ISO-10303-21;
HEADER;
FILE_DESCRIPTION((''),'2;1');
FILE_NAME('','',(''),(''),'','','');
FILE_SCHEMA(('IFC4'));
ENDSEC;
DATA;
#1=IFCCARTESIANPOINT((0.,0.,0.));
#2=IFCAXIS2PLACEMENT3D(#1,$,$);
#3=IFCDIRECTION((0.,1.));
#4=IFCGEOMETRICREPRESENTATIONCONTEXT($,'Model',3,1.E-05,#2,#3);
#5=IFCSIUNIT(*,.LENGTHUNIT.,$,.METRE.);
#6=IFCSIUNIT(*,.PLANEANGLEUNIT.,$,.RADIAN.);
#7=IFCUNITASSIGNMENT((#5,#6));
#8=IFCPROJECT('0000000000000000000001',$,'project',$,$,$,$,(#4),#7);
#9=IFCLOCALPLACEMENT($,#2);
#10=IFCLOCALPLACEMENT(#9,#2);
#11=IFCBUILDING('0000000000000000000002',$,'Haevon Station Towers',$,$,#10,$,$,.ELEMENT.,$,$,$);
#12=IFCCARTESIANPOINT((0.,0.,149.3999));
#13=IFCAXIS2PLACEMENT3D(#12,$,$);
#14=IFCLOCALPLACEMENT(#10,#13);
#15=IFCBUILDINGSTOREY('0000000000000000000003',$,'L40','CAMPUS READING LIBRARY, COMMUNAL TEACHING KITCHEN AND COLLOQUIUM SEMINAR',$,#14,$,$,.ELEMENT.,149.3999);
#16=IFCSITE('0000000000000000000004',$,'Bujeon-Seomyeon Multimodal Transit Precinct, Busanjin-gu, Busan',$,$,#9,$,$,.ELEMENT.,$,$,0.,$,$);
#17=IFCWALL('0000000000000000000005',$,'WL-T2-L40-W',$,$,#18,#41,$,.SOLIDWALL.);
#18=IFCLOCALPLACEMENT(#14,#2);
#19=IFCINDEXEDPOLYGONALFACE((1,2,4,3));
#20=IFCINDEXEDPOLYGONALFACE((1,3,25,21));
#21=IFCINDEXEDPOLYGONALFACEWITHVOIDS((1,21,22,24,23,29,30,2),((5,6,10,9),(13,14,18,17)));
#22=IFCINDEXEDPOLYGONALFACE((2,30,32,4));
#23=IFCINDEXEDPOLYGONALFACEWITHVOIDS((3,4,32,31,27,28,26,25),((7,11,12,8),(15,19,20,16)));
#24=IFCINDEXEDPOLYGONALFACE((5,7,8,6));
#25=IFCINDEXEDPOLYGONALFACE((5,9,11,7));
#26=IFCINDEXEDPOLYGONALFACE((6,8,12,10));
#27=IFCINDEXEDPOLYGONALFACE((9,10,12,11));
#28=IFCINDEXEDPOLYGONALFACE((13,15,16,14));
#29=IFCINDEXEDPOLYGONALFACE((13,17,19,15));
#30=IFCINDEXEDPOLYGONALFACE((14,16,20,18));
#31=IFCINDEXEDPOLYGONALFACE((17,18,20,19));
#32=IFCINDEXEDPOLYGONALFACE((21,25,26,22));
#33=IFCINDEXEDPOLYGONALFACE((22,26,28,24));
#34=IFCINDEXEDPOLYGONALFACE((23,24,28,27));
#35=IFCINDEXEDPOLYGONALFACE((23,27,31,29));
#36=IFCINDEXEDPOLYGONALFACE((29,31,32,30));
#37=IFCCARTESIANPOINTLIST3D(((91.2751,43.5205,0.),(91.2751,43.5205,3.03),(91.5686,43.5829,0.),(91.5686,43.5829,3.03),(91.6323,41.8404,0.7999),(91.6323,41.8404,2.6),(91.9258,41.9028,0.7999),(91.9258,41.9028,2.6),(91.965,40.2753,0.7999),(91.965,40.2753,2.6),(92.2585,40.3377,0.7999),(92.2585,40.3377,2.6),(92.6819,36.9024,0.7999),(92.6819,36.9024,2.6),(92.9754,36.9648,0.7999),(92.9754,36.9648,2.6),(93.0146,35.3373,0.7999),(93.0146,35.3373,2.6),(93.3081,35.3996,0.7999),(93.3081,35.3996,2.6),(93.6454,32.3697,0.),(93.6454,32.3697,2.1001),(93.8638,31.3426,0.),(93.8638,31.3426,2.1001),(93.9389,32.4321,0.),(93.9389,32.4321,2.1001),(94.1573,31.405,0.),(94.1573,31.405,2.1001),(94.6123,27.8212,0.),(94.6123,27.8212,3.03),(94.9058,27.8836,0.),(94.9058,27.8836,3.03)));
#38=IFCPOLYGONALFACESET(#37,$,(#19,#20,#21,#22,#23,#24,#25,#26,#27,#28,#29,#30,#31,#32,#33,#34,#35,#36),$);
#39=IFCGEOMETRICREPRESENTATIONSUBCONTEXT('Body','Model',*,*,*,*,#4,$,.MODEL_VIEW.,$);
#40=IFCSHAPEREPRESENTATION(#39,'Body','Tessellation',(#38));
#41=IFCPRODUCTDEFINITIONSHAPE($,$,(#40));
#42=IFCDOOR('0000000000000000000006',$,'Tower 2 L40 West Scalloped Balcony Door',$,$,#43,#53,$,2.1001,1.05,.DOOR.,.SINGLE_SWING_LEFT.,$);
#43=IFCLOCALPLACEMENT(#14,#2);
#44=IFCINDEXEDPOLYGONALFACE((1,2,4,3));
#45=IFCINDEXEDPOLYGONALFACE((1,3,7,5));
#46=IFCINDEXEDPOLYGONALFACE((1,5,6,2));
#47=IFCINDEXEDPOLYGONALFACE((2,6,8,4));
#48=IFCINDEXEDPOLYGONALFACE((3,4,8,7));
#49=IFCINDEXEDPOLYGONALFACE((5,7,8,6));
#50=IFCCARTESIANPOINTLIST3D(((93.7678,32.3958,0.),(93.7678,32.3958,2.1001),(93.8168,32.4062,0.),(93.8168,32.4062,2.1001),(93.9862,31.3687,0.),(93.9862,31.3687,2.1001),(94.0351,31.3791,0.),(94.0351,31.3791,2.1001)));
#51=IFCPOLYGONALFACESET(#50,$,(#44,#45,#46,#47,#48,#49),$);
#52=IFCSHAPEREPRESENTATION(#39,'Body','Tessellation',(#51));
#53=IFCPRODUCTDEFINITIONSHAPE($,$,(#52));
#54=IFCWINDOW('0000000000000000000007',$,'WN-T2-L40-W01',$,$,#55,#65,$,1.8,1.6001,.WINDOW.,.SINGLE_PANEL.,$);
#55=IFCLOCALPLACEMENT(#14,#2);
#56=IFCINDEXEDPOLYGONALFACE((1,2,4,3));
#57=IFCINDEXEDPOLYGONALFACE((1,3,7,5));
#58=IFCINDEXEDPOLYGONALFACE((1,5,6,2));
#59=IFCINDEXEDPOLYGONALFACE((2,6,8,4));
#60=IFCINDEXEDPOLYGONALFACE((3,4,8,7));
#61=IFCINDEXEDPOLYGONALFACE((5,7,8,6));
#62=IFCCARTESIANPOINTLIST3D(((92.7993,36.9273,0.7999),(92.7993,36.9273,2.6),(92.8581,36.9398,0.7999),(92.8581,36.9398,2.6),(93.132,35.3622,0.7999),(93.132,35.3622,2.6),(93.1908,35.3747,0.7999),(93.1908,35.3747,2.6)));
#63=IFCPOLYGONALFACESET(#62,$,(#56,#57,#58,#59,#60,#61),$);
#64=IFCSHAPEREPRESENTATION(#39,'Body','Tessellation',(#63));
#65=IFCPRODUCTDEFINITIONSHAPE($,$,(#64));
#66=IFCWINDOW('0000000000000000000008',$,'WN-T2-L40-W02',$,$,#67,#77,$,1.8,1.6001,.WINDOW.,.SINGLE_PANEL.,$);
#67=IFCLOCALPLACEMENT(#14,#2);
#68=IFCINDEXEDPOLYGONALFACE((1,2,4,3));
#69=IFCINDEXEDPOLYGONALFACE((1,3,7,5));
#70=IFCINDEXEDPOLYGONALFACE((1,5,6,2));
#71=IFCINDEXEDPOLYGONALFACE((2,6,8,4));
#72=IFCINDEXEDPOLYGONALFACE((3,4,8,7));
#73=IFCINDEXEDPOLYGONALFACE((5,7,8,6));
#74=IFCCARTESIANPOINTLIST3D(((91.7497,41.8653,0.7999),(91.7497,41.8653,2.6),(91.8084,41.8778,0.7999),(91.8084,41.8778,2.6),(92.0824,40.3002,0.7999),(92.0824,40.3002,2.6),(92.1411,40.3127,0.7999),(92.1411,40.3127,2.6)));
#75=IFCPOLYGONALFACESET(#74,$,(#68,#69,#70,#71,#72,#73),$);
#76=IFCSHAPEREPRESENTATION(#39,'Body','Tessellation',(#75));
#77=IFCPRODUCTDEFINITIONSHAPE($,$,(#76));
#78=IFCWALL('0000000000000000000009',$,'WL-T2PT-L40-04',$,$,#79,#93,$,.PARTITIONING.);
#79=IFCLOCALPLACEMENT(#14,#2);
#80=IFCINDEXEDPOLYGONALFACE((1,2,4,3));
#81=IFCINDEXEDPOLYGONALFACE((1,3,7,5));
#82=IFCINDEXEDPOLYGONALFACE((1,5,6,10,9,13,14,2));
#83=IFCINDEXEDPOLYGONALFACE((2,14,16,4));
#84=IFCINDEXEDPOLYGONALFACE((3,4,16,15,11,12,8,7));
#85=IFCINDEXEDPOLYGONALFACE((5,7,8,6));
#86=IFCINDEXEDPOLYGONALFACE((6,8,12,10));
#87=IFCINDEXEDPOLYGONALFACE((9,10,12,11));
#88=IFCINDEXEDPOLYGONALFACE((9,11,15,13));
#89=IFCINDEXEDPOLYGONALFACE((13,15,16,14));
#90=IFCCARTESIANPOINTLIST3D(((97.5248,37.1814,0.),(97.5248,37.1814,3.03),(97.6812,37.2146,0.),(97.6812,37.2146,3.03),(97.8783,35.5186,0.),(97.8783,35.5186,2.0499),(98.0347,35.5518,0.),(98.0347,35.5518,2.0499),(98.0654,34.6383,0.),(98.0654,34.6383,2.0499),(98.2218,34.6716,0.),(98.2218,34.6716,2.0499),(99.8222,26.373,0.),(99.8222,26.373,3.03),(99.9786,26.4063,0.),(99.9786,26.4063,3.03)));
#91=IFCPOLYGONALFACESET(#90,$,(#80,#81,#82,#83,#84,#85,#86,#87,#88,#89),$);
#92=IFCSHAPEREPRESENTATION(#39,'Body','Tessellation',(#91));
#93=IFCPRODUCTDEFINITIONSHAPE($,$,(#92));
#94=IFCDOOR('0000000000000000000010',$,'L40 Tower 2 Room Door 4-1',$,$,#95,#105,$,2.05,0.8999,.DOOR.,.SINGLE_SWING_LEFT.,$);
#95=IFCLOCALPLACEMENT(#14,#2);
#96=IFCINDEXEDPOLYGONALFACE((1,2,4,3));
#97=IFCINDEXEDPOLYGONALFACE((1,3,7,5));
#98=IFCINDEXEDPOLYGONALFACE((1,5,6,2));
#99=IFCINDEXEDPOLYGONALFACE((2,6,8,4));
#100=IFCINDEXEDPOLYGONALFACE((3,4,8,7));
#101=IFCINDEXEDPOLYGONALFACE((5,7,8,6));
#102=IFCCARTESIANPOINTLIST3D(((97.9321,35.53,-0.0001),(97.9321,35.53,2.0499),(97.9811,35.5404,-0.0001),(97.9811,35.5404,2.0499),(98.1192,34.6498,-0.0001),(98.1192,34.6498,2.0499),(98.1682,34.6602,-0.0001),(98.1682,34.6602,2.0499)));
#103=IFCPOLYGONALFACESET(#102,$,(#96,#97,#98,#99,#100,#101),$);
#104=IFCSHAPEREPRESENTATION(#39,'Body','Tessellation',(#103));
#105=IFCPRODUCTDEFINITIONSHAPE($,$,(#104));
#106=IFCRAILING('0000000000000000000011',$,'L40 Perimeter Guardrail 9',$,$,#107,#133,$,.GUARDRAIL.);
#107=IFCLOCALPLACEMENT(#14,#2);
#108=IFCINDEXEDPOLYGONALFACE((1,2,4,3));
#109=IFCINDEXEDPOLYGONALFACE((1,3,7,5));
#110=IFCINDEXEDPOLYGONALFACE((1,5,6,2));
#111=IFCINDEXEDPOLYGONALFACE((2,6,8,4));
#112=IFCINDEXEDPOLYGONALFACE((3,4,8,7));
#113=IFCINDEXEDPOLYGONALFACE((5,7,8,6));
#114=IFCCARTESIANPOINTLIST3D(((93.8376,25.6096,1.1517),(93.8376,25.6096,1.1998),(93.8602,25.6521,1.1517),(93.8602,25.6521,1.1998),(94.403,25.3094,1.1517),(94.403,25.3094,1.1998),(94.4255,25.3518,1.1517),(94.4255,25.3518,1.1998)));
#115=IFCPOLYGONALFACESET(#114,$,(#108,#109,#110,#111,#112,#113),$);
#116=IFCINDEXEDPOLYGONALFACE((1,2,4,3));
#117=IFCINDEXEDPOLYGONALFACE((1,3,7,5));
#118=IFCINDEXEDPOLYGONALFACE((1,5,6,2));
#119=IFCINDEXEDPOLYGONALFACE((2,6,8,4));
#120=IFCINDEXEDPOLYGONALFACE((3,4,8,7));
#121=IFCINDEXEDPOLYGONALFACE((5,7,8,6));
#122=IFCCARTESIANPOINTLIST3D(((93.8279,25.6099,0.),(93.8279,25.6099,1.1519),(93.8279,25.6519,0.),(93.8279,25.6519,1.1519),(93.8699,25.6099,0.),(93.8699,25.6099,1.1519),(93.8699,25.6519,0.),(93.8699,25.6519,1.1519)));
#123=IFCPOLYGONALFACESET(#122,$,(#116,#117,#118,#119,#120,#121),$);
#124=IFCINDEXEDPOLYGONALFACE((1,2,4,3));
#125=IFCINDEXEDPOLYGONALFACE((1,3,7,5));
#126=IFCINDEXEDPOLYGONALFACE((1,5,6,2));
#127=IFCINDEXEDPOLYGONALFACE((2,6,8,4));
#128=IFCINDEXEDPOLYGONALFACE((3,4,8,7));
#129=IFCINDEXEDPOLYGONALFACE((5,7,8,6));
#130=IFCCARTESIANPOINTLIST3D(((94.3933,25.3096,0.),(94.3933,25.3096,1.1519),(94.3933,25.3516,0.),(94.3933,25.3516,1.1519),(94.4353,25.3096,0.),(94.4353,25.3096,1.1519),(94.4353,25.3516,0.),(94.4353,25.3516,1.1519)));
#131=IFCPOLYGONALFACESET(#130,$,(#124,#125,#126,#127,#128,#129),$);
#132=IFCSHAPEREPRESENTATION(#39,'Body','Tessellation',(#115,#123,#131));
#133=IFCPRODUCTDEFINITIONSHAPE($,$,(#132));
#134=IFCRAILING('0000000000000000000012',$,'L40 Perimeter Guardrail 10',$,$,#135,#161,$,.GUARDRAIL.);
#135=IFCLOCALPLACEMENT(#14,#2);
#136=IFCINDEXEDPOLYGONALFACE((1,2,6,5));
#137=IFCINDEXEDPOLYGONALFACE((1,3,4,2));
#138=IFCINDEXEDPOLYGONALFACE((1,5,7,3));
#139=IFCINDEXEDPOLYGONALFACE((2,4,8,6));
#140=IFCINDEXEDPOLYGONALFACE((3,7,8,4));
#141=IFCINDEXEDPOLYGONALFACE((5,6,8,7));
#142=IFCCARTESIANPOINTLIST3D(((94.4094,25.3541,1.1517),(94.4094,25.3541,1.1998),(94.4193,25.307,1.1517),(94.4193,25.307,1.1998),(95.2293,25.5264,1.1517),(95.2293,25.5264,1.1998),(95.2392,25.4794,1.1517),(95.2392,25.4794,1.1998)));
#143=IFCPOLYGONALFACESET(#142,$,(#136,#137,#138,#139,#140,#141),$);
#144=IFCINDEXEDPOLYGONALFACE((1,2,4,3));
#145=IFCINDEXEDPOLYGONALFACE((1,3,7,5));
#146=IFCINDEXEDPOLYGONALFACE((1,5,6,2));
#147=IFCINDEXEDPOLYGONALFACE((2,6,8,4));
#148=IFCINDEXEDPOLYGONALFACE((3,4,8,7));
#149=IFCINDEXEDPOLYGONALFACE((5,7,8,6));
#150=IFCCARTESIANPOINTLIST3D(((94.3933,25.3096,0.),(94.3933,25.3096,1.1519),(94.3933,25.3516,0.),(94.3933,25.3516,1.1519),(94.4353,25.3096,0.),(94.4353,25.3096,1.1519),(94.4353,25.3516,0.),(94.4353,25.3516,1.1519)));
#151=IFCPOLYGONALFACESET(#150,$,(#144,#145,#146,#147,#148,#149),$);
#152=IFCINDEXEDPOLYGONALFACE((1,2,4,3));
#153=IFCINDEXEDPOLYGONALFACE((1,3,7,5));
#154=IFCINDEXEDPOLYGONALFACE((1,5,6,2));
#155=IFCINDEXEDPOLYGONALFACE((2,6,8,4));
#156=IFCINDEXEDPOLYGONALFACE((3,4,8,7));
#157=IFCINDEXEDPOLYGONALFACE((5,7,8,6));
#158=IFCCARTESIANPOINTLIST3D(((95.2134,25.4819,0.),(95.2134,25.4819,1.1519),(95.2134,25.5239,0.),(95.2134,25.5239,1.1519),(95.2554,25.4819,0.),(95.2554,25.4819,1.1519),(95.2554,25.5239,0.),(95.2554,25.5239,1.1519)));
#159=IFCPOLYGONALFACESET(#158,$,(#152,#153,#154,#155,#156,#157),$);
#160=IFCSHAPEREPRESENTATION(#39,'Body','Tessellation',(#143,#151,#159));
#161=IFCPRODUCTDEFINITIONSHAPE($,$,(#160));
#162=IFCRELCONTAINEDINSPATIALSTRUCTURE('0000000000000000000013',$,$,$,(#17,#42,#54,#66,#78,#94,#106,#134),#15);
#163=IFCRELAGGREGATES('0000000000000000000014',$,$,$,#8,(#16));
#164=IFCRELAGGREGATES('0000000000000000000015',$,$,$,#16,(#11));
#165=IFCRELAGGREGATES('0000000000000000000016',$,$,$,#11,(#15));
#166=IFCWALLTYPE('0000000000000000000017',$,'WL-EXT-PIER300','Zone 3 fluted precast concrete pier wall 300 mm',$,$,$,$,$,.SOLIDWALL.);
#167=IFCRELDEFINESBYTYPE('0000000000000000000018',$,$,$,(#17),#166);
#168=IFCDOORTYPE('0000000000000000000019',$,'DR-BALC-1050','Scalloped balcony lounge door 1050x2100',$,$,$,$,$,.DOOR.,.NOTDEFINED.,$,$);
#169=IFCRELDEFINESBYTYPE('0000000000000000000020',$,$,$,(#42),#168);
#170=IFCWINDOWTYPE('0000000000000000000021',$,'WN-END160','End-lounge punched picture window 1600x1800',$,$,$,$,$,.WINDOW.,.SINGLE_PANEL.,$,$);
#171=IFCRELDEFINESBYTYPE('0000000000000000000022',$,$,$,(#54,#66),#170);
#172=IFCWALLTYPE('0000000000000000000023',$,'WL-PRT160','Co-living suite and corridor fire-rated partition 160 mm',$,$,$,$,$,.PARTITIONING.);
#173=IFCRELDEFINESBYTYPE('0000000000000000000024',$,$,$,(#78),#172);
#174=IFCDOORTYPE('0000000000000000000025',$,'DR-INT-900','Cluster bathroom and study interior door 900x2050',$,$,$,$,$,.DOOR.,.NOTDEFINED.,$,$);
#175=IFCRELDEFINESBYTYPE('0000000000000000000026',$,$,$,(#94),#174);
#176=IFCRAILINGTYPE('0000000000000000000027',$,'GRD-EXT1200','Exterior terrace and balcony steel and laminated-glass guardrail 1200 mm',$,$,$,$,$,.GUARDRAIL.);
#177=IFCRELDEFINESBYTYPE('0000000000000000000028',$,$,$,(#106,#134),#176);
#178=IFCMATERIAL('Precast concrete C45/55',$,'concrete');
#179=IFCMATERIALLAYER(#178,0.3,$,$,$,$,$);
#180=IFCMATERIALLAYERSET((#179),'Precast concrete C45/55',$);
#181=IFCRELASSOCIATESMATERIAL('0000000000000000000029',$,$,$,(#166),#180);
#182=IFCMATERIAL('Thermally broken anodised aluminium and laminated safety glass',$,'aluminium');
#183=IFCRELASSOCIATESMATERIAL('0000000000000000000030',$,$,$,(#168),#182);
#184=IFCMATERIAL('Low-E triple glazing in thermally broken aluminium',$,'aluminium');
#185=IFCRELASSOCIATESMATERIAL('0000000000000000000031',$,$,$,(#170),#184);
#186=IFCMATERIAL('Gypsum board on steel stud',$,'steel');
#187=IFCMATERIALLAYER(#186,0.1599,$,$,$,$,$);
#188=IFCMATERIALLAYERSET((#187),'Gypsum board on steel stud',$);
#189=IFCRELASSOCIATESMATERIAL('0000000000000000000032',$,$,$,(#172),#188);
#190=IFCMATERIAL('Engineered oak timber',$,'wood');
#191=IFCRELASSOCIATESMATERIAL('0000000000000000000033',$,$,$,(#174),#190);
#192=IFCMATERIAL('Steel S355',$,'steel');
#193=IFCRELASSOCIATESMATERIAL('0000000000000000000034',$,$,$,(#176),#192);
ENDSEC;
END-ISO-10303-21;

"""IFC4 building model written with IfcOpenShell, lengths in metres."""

from ifc_helpers import new_model, si_unit, direction, frame, frame_2d, origin, origin_2d, place, context, subcontext, project, spatial, rectangle, extrude, material, layer, layer_set, type_object, element, fill, save


model = new_model("IFC4")

# Units and contexts
model_context = context("Model", 3, precision=1e-05, world=origin(), true_north=direction((0.0, 1.0)))
body_context = subcontext(model_context, "Body", "Model", "MODEL_VIEW")
ifc_project = project(units=[si_unit("LENGTHUNIT", "METRE"), si_unit("PLANEANGLEUNIT", "RADIAN")], contexts=[model_context])

# Site, building, storey
site_placement = place(None, origin())
site = spatial("IfcSite", under=ifc_project, at=site_placement, Name="Bujeon-Seomyeon Multimodal Transit Precinct, Busanjin-gu, Busan", CompositionType="ELEMENT", RefElevation=0.0)
building_placement = place(site_placement, origin())
building = spatial("IfcBuilding", under=site, at=building_placement, Name="Haevon Station Towers", CompositionType="ELEMENT")
storey_placement = place(building_placement, frame((0.0, 0.0, 149.3999)))
storey = spatial("IfcBuildingStorey", under=building, at=storey_placement, Name="L40", Description="CAMPUS READING LIBRARY, COMMUNAL TEACHING KITCHEN AND COLLOQUIUM SEMINAR", CompositionType="ELEMENT", Elevation=149.3999)

# Shared definitions
ifc_material_1 = material(Name="Steel S355", Category="steel")

# Shared definitions
ifc_material_2 = material(Name="Precast concrete C45/55", Category="concrete")
ifc_layer_1 = layer(ifc_material_2, 0.3)
ifc_layer_set_1 = layer_set([ifc_layer_1], Name="Precast concrete C45/55")
wall_type_1 = type_object("IfcWallType", Name="WL-EXT-PIER300", Description="Zone 3 fluted precast concrete pier wall 300 mm", PredefinedType="SOLIDWALL", material=ifc_layer_set_1)

# Wall, openings, door, windows
wall_1_placement = place(storey_placement, frame((94.759, 27.8525, 0.0), z_axis=(0.0, 0.0, 1.0), x_axis=(-0.207923, 0.978145, 0.0)))
wall_1 = element("IfcWall", 1, at=wall_1_placement, inside=storey, type_object=wall_type_1, Name="WL-T2-L40-W", PredefinedType="SOLIDWALL", context=body_context, shape_type="SweptSolid", body=[
    extrude(rectangle(XDim=16.05, YDim=0.3, at=frame_2d((8.0249, 0.0))), origin(), (0.0, 0.0, 1.0), 3.03),
])
opening_1_placement = place(wall_1_placement, frame((3.6001, 0.0, 0.0)))
opening_1 = element("IfcOpeningElement", 2, at=opening_1_placement, cuts=wall_1, PredefinedType="OPENING", context=body_context, shape_type="SweptSolid", body=[
    extrude(rectangle(XDim=1.05, YDim=2.1001, at=frame_2d((0.5249, 1.05))), frame((0.0, 0.1599, 0.0), z_axis=(0.0, -1.0, 0.0), x_axis=(1.0, 0.0, 0.0)), (0.0, 0.0, 1.0), 0.3201),
])
opening_2_placement = place(wall_1_placement, frame((7.6838, 0.0, 0.8)))
opening_2 = element("IfcOpeningElement", 3, at=opening_2_placement, cuts=wall_1, PredefinedType="OPENING", context=body_context, shape_type="SweptSolid", body=[
    extrude(rectangle(XDim=1.6001, YDim=1.8, at=frame_2d((0.8, 0.8999))), frame((0.0, 0.1599, 0.0), z_axis=(0.0, -1.0, 0.0), x_axis=(1.0, 0.0, 0.0)), (0.0, 0.0, 1.0), 0.3201),
])
opening_3_placement = place(wall_1_placement, frame((12.7322, 0.0, 0.8)))
opening_3 = element("IfcOpeningElement", 4, at=opening_3_placement, cuts=wall_1, PredefinedType="OPENING", context=body_context, shape_type="SweptSolid", body=[
    extrude(rectangle(XDim=1.6001, YDim=1.8, at=frame_2d((0.8, 0.8999))), frame((0.0, 0.1599, 0.0), z_axis=(0.0, -1.0, 0.0), x_axis=(1.0, 0.0, 0.0)), (0.0, 0.0, 1.0), 0.3201),
])
ifc_material_3 = material(Name="Thermally broken anodised aluminium and laminated safety glass", Category="aluminium")
door_type_1 = type_object("IfcDoorType", Name="DR-BALC-1050", Description="Scalloped balcony lounge door 1050x2100", OperationType="NOTDEFINED", PredefinedType="DOOR", material=ifc_material_3)
door_1_placement = place(opening_1_placement, origin())
door_1 = element("IfcDoor", 5, at=door_1_placement, inside=storey, type_object=door_type_1, Name="Tower 2 L40 West Scalloped Balcony Door", OperationType="SINGLE_SWING_LEFT", OverallHeight=2.1001, OverallWidth=1.05, PredefinedType="DOOR", context=body_context, shape_type="SweptSolid", body=[
    extrude(rectangle(XDim=1.05, YDim=2.1001, at=frame_2d((0.5249, 1.05))), frame((0.0, 0.0249, 0.0), z_axis=(0.0, -1.0, 0.0), x_axis=(1.0, 0.0, 0.0)), (0.0, 0.0, 1.0), 0.05),
])
fill(opening_1, door_1)
ifc_material_4 = material(Name="Low-E triple glazing in thermally broken aluminium", Category="aluminium")
window_type = type_object("IfcWindowType", Name="WN-END160", Description="End-lounge punched picture window 1600x1800", PartitioningType="SINGLE_PANEL", PredefinedType="WINDOW", material=ifc_material_4)
window_1_placement = place(opening_2_placement, origin())
window_1 = element("IfcWindow", 6, at=window_1_placement, inside=storey, type_object=window_type, Name="WN-T2-L40-W01", OverallHeight=1.8, OverallWidth=1.6001, PartitioningType="SINGLE_PANEL", PredefinedType="WINDOW", context=body_context, shape_type="SweptSolid", body=[
    extrude(rectangle(XDim=1.6001, YDim=1.8, at=frame_2d((0.8, 0.8999))), frame((0.0, 0.03, 0.0), z_axis=(0.0, -1.0, 0.0), x_axis=(1.0, 0.0, 0.0)), (0.0, 0.0, 1.0), 0.0601),
])
fill(opening_2, window_1)
window_2_placement = place(opening_3_placement, origin())
window_2 = element("IfcWindow", 7, at=window_2_placement, inside=storey, type_object=window_type, Name="WN-T2-L40-W02", OverallHeight=1.8, OverallWidth=1.6001, PartitioningType="SINGLE_PANEL", PredefinedType="WINDOW", context=body_context, shape_type="SweptSolid", body=[
    extrude(rectangle(XDim=1.6001, YDim=1.8, at=frame_2d((0.8, 0.8999))), frame((0.0, 0.03, 0.0), z_axis=(0.0, -1.0, 0.0), x_axis=(1.0, 0.0, 0.0)), (0.0, 0.0, 1.0), 0.0601),
])
fill(opening_3, window_2)

# Wall, opening, door
ifc_material_5 = material(Name="Gypsum board on steel stud", Category="steel")
ifc_layer_2 = layer(ifc_material_5, 0.1599)
ifc_layer_set_2 = layer_set([ifc_layer_2], Name="Gypsum board on steel stud")
wall_type_2 = type_object("IfcWallType", Name="WL-PRT160", Description="Co-living suite and corridor fire-rated partition 160 mm", PredefinedType="PARTITIONING", material=ifc_layer_set_2)
wall_2_placement = place(storey_placement, frame((99.9004, 26.3896, 0.0), z_axis=(0.0, 0.0, 1.0), x_axis=(-0.20791, 0.978148, 0.0)))
wall_2 = element("IfcWall", 8, at=wall_2_placement, inside=storey, type_object=wall_type_2, Name="WL-T2PT-L40-04", PredefinedType="PARTITIONING", context=body_context, shape_type="SweptSolid", body=[
    extrude(rectangle(XDim=11.0498, YDim=0.1599, at=frame_2d((5.5249, 0.0))), origin(), (0.0, 0.0, 1.0), 3.03),
])
opening_4_placement = place(wall_2_placement, frame((8.45, 0.0, 0.0)))
opening_4 = element("IfcOpeningElement", 9, at=opening_4_placement, cuts=wall_2, PredefinedType="OPENING", context=body_context, shape_type="SweptSolid", body=[
    extrude(rectangle(XDim=0.8999, YDim=2.05, at=frame_2d((0.45, 1.0249))), frame((0.0, 0.0898, 0.0), z_axis=(0.0, -1.0, 0.0), x_axis=(1.0, 0.0, 0.0)), (0.0, 0.0, 1.0), 0.1799),
])
ifc_material_6 = material(Name="Engineered oak timber", Category="wood")
door_type_2 = type_object("IfcDoorType", Name="DR-INT-900", Description="Cluster bathroom and study interior door 900x2050", OperationType="NOTDEFINED", PredefinedType="DOOR", material=ifc_material_6)
door_2_placement = place(opening_4_placement, origin())
door_2 = element("IfcDoor", 10, at=door_2_placement, inside=storey, type_object=door_type_2, Name="L40 Tower 2 Room Door 4-1", OperationType="SINGLE_SWING_LEFT", OverallHeight=2.05, OverallWidth=0.8999, PredefinedType="DOOR", context=body_context, shape_type="SweptSolid", body=[
    extrude(rectangle(XDim=0.8999, YDim=2.05, at=frame_2d((0.45, 1.0249))), frame((0.0, 0.0249, 0.0), z_axis=(0.0, -1.0, 0.0), x_axis=(1.0, 0.0, 0.0)), (0.0, 0.0, 1.0), 0.05),
])
fill(opening_4, door_2)

# Railings
railing_type = type_object("IfcRailingType", Name="GRD-EXT1200", Description="Exterior terrace and balcony steel and laminated-glass guardrail 1200 mm", PredefinedType="GUARDRAIL", material=ifc_material_1)
railing_1_placement = place(storey_placement, frame((93.8489, 25.6309, 0.0)))
element("IfcRailing", 11, at=railing_1_placement, inside=storey, type_object=railing_type, Name="L40 Perimeter Guardrail 9", PredefinedType="GUARDRAIL", context=body_context, shape_type="SweptSolid", body=[
    extrude(rectangle(XDim=0.0481, YDim=0.0481, at=origin_2d()), frame((0.0, 0.0, 1.1758), z_axis=(0.883175, -0.469044, 0.0), x_axis=(0.469044, 0.883175, 0.0)), (0.0, 0.0, 1.0), 0.6401),
    extrude(rectangle(XDim=0.042, YDim=0.042, at=origin_2d()), origin(), (0.0, 0.0, 1.0), 1.1519),
    extrude(rectangle(XDim=0.042, YDim=0.042, at=origin_2d()), frame((0.5654, -0.3003, 0.0)), (0.0, 0.0, 1.0), 1.1519),
])
railing_2_placement = place(storey_placement, frame((94.4143, 25.3306, 0.0)))
element("IfcRailing", 12, at=railing_2_placement, inside=storey, type_object=railing_type, Name="L40 Perimeter Guardrail 10", PredefinedType="GUARDRAIL", context=body_context, shape_type="SweptSolid", body=[
    extrude(rectangle(XDim=0.0481, YDim=0.0481, at=origin_2d()), frame((0.0, 0.0, 1.1758), z_axis=(0.978618, 0.205687, 0.0), x_axis=(-0.205687, 0.978618, 0.0)), (0.0, 0.0, 1.0), 0.8379),
    extrude(rectangle(XDim=0.042, YDim=0.042, at=origin_2d()), origin(), (0.0, 0.0, 1.0), 1.1519),
    extrude(rectangle(XDim=0.042, YDim=0.042, at=origin_2d()), frame((0.8201, 0.1724, 0.0)), (0.0, 0.0, 1.0), 1.1519),
])

save(model, "model.ifc")
